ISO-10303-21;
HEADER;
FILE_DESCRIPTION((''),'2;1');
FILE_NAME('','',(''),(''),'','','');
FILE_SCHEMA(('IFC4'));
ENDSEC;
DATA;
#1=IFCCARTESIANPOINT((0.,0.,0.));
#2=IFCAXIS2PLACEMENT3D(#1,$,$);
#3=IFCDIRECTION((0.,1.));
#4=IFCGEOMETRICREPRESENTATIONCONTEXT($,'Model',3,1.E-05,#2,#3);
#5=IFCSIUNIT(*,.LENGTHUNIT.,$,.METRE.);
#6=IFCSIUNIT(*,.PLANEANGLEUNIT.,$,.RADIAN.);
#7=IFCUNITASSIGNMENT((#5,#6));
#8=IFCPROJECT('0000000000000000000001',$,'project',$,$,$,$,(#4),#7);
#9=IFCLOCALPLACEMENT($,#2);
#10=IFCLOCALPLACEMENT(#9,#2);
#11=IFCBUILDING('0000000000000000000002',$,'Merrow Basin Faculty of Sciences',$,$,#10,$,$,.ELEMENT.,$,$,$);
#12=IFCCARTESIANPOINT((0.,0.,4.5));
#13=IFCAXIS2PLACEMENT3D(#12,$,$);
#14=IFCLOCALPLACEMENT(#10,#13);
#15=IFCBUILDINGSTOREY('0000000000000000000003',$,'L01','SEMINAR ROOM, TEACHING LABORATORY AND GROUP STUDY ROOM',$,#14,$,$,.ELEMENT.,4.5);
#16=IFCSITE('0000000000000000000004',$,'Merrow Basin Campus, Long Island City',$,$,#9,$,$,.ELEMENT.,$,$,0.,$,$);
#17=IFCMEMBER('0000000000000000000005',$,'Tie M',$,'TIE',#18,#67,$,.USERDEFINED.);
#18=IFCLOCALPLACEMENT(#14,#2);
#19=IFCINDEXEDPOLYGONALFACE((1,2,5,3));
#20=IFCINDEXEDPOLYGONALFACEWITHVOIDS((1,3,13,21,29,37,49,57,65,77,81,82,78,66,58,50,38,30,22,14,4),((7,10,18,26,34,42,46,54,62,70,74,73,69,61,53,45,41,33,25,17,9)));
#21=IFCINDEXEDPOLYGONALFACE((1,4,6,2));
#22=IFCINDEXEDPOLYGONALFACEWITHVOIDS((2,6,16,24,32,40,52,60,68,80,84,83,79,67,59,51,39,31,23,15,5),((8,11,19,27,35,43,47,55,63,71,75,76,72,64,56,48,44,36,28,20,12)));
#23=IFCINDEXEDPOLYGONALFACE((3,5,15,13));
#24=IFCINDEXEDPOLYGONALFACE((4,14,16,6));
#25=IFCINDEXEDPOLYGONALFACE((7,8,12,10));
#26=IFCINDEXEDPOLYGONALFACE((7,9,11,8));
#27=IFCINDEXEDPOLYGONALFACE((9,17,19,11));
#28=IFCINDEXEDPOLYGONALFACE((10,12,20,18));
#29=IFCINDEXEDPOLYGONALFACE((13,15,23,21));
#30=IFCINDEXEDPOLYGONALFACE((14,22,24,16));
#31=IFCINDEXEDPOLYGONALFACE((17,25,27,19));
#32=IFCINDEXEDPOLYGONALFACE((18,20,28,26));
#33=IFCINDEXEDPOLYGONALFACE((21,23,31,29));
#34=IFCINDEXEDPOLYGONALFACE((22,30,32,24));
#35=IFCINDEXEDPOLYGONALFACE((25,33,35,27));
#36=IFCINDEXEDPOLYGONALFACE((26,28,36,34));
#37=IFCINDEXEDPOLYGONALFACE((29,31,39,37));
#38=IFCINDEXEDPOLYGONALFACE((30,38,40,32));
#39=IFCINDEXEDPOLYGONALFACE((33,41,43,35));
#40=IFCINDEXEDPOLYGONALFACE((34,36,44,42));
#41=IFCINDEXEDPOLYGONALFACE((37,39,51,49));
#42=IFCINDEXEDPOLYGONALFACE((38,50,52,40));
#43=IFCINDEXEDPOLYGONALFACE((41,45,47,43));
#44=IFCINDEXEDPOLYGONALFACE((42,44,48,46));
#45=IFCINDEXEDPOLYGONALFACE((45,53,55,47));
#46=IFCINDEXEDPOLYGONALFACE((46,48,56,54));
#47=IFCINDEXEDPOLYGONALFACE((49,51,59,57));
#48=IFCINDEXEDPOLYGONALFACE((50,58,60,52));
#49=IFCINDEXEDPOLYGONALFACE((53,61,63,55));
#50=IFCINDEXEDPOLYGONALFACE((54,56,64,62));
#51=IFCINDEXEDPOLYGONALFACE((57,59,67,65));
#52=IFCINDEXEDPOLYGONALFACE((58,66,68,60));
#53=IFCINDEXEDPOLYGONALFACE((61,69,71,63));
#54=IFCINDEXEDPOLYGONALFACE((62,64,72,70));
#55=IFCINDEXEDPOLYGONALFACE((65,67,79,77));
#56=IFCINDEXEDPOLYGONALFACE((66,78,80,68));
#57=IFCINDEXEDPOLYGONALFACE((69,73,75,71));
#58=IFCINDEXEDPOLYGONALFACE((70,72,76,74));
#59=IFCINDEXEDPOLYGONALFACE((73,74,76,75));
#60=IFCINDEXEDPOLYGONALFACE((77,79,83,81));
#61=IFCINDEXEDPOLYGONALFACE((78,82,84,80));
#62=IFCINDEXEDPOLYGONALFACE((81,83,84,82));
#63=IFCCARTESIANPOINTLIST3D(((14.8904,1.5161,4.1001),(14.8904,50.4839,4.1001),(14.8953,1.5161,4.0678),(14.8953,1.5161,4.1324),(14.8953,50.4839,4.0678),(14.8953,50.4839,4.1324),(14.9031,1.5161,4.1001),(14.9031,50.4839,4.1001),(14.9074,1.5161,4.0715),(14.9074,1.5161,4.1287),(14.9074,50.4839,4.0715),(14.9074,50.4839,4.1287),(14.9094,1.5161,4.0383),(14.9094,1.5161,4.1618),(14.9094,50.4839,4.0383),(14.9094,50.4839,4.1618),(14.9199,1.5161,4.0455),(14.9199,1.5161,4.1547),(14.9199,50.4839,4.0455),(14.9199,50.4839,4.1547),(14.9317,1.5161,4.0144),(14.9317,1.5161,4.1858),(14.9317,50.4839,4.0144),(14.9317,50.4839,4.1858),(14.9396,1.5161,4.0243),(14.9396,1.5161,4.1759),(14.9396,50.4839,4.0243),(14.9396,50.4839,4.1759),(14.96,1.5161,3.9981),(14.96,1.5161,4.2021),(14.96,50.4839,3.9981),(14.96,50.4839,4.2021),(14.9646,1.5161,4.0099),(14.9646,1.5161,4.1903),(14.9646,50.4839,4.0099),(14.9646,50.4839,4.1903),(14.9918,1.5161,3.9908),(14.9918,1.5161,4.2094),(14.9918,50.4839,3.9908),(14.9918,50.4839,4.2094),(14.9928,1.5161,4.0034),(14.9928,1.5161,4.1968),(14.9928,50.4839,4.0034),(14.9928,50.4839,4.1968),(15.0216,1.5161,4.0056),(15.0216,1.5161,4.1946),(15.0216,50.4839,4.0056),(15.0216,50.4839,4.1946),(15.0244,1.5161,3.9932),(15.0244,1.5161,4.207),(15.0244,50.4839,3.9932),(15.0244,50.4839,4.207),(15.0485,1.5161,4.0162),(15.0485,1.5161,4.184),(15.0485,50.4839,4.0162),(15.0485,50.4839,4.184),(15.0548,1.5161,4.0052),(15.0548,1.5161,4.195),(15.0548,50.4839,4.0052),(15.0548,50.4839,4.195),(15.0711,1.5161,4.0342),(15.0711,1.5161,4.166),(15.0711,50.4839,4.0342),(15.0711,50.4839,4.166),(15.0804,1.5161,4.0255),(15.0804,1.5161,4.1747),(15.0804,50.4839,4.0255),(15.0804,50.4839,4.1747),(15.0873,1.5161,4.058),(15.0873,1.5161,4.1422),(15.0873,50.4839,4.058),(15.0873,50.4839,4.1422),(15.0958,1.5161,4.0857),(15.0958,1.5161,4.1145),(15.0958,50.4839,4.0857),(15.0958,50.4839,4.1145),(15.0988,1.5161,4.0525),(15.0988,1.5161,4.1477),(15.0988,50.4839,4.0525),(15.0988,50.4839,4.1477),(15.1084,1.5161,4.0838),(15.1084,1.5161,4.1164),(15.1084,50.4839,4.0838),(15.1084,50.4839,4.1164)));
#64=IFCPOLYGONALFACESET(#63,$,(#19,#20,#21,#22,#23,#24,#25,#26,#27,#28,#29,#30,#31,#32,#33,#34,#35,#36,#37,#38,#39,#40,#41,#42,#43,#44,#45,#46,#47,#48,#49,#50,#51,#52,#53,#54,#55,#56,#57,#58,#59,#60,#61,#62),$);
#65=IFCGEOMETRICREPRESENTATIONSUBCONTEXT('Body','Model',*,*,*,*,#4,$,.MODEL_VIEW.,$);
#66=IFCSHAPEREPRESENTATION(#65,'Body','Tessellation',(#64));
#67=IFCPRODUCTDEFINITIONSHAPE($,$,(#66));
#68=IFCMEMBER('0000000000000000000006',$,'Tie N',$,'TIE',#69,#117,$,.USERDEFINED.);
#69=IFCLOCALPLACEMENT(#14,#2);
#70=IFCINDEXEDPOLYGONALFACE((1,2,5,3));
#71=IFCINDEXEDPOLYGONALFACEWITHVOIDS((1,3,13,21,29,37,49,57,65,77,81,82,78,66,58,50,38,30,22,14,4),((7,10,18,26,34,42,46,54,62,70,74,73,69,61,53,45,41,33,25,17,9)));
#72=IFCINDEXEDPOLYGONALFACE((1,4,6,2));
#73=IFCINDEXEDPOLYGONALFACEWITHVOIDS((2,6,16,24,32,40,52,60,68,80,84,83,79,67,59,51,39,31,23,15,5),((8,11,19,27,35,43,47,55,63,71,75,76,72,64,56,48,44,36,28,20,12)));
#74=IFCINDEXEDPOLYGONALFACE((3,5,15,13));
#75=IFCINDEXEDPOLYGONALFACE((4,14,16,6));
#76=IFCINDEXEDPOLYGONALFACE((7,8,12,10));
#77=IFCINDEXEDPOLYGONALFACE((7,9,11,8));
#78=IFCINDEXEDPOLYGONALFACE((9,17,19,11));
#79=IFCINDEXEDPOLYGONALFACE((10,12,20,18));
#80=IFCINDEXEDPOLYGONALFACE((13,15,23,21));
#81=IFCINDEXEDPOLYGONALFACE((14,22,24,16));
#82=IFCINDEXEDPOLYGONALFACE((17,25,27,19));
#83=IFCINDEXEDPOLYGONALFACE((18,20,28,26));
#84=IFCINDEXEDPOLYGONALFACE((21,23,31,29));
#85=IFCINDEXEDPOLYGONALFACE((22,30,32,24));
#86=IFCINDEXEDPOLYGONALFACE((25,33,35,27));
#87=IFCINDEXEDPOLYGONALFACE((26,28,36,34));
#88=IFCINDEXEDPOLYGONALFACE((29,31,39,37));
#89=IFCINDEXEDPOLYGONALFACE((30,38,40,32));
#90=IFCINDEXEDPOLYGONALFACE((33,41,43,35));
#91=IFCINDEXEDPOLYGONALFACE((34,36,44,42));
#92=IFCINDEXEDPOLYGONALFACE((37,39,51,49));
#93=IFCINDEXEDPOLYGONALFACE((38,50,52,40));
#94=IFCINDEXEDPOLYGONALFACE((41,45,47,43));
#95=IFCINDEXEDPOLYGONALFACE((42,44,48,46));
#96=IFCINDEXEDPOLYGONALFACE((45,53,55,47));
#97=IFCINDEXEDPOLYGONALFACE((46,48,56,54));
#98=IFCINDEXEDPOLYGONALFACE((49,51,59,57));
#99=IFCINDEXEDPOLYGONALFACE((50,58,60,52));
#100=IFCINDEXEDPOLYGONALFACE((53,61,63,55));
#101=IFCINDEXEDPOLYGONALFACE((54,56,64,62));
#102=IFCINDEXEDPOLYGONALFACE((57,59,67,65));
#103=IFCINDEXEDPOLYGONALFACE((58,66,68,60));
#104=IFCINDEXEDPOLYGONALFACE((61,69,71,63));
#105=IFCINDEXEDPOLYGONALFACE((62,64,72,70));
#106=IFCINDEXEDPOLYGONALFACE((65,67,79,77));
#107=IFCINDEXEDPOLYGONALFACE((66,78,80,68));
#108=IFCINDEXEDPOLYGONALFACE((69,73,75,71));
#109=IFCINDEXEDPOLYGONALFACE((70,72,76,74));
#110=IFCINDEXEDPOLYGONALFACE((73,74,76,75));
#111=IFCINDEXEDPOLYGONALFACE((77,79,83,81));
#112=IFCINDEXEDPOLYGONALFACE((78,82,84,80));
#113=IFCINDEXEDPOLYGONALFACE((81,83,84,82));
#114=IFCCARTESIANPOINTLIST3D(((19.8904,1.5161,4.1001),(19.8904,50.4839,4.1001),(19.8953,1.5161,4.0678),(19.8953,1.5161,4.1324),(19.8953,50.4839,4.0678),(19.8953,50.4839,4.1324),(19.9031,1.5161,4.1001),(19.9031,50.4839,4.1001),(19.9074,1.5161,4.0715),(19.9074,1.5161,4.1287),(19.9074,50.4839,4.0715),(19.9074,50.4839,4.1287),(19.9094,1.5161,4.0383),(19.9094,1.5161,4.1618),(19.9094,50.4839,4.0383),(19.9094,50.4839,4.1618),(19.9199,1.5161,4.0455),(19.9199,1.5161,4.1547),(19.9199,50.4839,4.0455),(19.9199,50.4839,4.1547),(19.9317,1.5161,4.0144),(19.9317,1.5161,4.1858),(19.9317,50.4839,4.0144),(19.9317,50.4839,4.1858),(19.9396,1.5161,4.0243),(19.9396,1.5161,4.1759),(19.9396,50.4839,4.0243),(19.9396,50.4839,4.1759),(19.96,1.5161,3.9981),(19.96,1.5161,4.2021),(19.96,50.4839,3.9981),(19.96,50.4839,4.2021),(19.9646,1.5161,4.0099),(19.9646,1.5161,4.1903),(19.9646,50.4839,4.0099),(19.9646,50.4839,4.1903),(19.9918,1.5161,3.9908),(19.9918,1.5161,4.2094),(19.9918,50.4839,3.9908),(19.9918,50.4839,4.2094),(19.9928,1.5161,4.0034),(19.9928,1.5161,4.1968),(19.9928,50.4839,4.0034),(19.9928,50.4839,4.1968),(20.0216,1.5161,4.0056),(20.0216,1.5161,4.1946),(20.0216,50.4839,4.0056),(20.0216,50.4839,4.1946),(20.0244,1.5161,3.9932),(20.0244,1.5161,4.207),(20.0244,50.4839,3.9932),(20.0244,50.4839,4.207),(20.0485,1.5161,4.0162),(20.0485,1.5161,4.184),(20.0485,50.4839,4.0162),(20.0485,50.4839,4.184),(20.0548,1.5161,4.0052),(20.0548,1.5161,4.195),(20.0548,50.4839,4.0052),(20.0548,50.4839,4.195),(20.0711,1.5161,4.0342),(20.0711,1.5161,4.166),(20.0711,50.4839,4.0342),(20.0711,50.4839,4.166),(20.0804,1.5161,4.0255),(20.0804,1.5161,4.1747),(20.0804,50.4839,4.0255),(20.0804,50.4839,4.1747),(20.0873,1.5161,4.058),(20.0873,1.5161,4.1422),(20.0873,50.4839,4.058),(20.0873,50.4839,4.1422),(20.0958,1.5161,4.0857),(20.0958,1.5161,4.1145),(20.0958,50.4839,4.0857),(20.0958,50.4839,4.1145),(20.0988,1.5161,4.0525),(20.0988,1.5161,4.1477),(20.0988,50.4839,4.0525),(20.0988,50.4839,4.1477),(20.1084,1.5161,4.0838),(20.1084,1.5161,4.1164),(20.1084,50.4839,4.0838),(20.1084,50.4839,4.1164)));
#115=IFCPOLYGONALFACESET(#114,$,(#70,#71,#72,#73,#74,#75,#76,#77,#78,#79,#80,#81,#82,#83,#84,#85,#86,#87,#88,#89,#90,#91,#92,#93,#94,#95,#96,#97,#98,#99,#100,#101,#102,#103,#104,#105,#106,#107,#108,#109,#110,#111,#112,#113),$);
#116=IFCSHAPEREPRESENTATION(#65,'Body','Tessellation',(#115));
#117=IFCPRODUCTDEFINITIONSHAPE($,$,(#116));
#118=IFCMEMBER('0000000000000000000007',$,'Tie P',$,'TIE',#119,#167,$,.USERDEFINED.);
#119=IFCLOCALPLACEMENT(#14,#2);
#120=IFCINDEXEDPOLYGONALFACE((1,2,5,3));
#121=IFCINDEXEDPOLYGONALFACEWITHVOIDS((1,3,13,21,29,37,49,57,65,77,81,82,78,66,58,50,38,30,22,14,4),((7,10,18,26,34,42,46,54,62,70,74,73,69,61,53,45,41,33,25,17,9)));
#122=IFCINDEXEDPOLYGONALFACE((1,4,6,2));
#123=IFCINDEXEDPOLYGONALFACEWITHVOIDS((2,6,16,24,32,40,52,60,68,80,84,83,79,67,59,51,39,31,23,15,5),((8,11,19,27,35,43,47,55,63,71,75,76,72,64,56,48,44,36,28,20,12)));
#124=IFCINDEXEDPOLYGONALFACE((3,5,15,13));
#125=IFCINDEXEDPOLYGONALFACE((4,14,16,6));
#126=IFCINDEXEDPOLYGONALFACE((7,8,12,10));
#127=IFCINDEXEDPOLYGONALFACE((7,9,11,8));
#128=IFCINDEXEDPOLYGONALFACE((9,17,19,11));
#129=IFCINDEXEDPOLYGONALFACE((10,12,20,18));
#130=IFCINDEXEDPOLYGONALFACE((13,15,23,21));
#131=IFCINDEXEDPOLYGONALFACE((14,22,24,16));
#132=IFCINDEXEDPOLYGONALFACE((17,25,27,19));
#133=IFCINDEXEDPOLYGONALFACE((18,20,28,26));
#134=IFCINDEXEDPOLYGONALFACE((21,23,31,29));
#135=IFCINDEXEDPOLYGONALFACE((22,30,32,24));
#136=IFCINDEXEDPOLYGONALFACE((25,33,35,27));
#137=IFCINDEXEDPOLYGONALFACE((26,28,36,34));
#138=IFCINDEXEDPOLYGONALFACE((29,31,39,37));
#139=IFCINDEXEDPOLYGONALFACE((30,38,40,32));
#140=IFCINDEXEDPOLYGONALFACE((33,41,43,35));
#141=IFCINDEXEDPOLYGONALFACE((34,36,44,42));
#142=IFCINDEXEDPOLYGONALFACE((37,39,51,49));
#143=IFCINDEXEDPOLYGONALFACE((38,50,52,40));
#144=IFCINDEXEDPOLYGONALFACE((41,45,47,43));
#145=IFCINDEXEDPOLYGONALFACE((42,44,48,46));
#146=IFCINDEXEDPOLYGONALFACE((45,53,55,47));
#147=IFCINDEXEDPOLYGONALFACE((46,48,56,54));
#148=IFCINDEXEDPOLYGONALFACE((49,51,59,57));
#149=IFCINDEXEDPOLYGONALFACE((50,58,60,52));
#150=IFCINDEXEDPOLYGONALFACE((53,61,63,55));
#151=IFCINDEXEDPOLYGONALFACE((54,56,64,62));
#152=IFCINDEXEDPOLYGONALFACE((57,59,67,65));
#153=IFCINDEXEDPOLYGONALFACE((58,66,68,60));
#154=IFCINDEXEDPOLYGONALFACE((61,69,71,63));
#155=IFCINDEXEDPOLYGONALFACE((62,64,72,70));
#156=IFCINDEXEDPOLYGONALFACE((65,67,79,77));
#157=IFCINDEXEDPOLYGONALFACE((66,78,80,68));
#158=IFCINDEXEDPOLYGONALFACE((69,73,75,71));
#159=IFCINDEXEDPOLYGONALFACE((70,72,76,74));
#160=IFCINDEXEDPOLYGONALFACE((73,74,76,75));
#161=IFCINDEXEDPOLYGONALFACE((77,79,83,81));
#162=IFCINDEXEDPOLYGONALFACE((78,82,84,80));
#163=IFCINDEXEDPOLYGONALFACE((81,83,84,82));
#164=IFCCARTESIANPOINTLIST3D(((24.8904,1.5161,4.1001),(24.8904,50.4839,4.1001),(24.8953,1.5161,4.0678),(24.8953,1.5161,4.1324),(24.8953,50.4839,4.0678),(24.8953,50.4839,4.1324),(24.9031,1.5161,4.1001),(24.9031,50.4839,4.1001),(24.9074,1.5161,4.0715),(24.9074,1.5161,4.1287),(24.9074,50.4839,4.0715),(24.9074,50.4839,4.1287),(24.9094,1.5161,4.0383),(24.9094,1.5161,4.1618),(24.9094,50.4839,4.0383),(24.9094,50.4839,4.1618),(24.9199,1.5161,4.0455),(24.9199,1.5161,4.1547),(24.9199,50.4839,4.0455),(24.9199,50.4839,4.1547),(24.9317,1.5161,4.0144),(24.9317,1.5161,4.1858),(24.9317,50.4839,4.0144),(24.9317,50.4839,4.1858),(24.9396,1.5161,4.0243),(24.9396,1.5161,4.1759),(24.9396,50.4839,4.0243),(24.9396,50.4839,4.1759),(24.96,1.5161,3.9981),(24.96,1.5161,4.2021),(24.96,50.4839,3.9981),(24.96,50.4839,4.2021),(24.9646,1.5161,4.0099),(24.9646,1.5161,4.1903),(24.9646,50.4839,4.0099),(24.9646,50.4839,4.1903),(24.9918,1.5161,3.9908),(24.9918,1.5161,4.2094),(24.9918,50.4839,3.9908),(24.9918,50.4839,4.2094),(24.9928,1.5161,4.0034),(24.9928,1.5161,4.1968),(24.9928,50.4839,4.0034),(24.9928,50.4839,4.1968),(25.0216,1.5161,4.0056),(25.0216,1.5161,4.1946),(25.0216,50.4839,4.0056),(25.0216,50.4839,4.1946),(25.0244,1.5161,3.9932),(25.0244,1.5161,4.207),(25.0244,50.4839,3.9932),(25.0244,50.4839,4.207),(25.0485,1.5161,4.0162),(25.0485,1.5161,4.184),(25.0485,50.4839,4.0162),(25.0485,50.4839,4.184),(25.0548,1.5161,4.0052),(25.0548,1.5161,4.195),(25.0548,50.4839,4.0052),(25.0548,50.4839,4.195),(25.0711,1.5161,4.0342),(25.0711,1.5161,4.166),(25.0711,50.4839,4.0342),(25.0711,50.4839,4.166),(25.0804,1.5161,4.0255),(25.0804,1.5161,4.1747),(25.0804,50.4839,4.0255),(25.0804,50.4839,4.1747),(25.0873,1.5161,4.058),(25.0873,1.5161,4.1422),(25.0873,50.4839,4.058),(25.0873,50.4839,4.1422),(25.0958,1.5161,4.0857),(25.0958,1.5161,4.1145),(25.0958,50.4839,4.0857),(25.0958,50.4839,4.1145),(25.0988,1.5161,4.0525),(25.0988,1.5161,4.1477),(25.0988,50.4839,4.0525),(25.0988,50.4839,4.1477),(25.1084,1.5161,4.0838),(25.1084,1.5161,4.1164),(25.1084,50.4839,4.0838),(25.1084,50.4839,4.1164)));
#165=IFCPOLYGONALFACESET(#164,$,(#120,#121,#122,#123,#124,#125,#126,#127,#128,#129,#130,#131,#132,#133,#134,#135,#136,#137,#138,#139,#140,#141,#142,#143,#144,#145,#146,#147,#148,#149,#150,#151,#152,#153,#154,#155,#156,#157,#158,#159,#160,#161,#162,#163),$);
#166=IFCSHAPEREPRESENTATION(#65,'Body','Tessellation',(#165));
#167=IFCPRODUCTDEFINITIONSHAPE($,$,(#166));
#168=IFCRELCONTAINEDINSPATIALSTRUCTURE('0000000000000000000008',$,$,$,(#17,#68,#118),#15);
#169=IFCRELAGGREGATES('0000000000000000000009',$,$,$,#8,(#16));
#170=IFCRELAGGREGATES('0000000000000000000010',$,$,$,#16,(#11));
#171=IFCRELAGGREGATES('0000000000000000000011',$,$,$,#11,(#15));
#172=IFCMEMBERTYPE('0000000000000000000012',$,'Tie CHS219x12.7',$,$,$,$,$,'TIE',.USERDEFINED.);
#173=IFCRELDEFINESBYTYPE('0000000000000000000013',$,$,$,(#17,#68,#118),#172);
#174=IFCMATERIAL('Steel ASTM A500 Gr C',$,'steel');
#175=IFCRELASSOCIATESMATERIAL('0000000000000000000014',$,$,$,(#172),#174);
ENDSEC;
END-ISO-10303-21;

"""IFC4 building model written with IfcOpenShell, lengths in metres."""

from ifc_helpers import new_model, si_unit, direction, frame, origin, origin_2d, place, context, subcontext, project, spatial, hollow_circle, extrude, material, material_profile, profile_set, type_object, element, save


model = new_model("IFC4")

# Units and contexts
model_context = context("Model", 3, precision=1e-05, world=origin(), true_north=direction((0.0, 1.0)))
body_context = subcontext(model_context, "Body", "Model", "MODEL_VIEW")
ifc_project = project(units=[si_unit("LENGTHUNIT", "METRE"), si_unit("PLANEANGLEUNIT", "RADIAN")], contexts=[model_context])

# Site, building, storey
site_placement = place(None, origin())
site = spatial("IfcSite", under=ifc_project, at=site_placement, Name="Merrow Basin Campus, Long Island City", CompositionType="ELEMENT", RefElevation=0.0)
building_placement = place(site_placement, origin())
building = spatial("IfcBuilding", under=site, at=building_placement, Name="Merrow Basin Faculty of Sciences", CompositionType="ELEMENT")
storey_placement = place(building_placement, frame((0.0, 0.0, 4.5)))
storey = spatial("IfcBuildingStorey", under=building, at=storey_placement, Name="L01", Description="SEMINAR ROOM, TEACHING LABORATORY AND GROUP STUDY ROOM", CompositionType="ELEMENT", Elevation=4.5)

# Members
ifc_material_1 = material(Name="Steel ASTM A500 Gr C", Category="steel")
ifc_material_profile_1 = material_profile(ifc_material_1, hollow_circle(Radius=0.1096, WallThickness=0.0127, at=origin_2d()))
ifc_profile_set_1 = profile_set([ifc_material_profile_1], Name="Steel ASTM A500 Gr C")
member_type = type_object("IfcMemberType", Name="Tie CHS219x12.7", ElementType="TIE", PredefinedType="USERDEFINED", material=ifc_profile_set_1)
for number, where, z_axis, x_axis, name in (
    (1, (15.0, 1.5161, 4.1001), (0.0, 1.0, 0.0), (-1.0, 0.0, 0.0), "Tie M"),
    (2, (20.0, 1.5161, 4.1001), (0.0, 1.0, 0.0), (-1.0, 0.0, 0.0), "Tie N"),
    (3, (25.0, 1.5161, 4.1001), (0.0, 1.0, 0.0), (-1.0, 0.0, 0.0), "Tie P"),
):
    element("IfcMember", number, at=place(storey_placement, frame(where, z_axis=z_axis, x_axis=x_axis)), inside=storey, type_object=member_type, Name=name, ObjectType="TIE", PredefinedType="USERDEFINED", context=body_context, shape_type="SweptSolid", body=[
        extrude(hollow_circle(Radius=0.1096, WallThickness=0.0127, at=origin_2d()), origin(), (0.0, 0.0, 1.0), 48.9678),
    ])

save(model, "model.ifc")
